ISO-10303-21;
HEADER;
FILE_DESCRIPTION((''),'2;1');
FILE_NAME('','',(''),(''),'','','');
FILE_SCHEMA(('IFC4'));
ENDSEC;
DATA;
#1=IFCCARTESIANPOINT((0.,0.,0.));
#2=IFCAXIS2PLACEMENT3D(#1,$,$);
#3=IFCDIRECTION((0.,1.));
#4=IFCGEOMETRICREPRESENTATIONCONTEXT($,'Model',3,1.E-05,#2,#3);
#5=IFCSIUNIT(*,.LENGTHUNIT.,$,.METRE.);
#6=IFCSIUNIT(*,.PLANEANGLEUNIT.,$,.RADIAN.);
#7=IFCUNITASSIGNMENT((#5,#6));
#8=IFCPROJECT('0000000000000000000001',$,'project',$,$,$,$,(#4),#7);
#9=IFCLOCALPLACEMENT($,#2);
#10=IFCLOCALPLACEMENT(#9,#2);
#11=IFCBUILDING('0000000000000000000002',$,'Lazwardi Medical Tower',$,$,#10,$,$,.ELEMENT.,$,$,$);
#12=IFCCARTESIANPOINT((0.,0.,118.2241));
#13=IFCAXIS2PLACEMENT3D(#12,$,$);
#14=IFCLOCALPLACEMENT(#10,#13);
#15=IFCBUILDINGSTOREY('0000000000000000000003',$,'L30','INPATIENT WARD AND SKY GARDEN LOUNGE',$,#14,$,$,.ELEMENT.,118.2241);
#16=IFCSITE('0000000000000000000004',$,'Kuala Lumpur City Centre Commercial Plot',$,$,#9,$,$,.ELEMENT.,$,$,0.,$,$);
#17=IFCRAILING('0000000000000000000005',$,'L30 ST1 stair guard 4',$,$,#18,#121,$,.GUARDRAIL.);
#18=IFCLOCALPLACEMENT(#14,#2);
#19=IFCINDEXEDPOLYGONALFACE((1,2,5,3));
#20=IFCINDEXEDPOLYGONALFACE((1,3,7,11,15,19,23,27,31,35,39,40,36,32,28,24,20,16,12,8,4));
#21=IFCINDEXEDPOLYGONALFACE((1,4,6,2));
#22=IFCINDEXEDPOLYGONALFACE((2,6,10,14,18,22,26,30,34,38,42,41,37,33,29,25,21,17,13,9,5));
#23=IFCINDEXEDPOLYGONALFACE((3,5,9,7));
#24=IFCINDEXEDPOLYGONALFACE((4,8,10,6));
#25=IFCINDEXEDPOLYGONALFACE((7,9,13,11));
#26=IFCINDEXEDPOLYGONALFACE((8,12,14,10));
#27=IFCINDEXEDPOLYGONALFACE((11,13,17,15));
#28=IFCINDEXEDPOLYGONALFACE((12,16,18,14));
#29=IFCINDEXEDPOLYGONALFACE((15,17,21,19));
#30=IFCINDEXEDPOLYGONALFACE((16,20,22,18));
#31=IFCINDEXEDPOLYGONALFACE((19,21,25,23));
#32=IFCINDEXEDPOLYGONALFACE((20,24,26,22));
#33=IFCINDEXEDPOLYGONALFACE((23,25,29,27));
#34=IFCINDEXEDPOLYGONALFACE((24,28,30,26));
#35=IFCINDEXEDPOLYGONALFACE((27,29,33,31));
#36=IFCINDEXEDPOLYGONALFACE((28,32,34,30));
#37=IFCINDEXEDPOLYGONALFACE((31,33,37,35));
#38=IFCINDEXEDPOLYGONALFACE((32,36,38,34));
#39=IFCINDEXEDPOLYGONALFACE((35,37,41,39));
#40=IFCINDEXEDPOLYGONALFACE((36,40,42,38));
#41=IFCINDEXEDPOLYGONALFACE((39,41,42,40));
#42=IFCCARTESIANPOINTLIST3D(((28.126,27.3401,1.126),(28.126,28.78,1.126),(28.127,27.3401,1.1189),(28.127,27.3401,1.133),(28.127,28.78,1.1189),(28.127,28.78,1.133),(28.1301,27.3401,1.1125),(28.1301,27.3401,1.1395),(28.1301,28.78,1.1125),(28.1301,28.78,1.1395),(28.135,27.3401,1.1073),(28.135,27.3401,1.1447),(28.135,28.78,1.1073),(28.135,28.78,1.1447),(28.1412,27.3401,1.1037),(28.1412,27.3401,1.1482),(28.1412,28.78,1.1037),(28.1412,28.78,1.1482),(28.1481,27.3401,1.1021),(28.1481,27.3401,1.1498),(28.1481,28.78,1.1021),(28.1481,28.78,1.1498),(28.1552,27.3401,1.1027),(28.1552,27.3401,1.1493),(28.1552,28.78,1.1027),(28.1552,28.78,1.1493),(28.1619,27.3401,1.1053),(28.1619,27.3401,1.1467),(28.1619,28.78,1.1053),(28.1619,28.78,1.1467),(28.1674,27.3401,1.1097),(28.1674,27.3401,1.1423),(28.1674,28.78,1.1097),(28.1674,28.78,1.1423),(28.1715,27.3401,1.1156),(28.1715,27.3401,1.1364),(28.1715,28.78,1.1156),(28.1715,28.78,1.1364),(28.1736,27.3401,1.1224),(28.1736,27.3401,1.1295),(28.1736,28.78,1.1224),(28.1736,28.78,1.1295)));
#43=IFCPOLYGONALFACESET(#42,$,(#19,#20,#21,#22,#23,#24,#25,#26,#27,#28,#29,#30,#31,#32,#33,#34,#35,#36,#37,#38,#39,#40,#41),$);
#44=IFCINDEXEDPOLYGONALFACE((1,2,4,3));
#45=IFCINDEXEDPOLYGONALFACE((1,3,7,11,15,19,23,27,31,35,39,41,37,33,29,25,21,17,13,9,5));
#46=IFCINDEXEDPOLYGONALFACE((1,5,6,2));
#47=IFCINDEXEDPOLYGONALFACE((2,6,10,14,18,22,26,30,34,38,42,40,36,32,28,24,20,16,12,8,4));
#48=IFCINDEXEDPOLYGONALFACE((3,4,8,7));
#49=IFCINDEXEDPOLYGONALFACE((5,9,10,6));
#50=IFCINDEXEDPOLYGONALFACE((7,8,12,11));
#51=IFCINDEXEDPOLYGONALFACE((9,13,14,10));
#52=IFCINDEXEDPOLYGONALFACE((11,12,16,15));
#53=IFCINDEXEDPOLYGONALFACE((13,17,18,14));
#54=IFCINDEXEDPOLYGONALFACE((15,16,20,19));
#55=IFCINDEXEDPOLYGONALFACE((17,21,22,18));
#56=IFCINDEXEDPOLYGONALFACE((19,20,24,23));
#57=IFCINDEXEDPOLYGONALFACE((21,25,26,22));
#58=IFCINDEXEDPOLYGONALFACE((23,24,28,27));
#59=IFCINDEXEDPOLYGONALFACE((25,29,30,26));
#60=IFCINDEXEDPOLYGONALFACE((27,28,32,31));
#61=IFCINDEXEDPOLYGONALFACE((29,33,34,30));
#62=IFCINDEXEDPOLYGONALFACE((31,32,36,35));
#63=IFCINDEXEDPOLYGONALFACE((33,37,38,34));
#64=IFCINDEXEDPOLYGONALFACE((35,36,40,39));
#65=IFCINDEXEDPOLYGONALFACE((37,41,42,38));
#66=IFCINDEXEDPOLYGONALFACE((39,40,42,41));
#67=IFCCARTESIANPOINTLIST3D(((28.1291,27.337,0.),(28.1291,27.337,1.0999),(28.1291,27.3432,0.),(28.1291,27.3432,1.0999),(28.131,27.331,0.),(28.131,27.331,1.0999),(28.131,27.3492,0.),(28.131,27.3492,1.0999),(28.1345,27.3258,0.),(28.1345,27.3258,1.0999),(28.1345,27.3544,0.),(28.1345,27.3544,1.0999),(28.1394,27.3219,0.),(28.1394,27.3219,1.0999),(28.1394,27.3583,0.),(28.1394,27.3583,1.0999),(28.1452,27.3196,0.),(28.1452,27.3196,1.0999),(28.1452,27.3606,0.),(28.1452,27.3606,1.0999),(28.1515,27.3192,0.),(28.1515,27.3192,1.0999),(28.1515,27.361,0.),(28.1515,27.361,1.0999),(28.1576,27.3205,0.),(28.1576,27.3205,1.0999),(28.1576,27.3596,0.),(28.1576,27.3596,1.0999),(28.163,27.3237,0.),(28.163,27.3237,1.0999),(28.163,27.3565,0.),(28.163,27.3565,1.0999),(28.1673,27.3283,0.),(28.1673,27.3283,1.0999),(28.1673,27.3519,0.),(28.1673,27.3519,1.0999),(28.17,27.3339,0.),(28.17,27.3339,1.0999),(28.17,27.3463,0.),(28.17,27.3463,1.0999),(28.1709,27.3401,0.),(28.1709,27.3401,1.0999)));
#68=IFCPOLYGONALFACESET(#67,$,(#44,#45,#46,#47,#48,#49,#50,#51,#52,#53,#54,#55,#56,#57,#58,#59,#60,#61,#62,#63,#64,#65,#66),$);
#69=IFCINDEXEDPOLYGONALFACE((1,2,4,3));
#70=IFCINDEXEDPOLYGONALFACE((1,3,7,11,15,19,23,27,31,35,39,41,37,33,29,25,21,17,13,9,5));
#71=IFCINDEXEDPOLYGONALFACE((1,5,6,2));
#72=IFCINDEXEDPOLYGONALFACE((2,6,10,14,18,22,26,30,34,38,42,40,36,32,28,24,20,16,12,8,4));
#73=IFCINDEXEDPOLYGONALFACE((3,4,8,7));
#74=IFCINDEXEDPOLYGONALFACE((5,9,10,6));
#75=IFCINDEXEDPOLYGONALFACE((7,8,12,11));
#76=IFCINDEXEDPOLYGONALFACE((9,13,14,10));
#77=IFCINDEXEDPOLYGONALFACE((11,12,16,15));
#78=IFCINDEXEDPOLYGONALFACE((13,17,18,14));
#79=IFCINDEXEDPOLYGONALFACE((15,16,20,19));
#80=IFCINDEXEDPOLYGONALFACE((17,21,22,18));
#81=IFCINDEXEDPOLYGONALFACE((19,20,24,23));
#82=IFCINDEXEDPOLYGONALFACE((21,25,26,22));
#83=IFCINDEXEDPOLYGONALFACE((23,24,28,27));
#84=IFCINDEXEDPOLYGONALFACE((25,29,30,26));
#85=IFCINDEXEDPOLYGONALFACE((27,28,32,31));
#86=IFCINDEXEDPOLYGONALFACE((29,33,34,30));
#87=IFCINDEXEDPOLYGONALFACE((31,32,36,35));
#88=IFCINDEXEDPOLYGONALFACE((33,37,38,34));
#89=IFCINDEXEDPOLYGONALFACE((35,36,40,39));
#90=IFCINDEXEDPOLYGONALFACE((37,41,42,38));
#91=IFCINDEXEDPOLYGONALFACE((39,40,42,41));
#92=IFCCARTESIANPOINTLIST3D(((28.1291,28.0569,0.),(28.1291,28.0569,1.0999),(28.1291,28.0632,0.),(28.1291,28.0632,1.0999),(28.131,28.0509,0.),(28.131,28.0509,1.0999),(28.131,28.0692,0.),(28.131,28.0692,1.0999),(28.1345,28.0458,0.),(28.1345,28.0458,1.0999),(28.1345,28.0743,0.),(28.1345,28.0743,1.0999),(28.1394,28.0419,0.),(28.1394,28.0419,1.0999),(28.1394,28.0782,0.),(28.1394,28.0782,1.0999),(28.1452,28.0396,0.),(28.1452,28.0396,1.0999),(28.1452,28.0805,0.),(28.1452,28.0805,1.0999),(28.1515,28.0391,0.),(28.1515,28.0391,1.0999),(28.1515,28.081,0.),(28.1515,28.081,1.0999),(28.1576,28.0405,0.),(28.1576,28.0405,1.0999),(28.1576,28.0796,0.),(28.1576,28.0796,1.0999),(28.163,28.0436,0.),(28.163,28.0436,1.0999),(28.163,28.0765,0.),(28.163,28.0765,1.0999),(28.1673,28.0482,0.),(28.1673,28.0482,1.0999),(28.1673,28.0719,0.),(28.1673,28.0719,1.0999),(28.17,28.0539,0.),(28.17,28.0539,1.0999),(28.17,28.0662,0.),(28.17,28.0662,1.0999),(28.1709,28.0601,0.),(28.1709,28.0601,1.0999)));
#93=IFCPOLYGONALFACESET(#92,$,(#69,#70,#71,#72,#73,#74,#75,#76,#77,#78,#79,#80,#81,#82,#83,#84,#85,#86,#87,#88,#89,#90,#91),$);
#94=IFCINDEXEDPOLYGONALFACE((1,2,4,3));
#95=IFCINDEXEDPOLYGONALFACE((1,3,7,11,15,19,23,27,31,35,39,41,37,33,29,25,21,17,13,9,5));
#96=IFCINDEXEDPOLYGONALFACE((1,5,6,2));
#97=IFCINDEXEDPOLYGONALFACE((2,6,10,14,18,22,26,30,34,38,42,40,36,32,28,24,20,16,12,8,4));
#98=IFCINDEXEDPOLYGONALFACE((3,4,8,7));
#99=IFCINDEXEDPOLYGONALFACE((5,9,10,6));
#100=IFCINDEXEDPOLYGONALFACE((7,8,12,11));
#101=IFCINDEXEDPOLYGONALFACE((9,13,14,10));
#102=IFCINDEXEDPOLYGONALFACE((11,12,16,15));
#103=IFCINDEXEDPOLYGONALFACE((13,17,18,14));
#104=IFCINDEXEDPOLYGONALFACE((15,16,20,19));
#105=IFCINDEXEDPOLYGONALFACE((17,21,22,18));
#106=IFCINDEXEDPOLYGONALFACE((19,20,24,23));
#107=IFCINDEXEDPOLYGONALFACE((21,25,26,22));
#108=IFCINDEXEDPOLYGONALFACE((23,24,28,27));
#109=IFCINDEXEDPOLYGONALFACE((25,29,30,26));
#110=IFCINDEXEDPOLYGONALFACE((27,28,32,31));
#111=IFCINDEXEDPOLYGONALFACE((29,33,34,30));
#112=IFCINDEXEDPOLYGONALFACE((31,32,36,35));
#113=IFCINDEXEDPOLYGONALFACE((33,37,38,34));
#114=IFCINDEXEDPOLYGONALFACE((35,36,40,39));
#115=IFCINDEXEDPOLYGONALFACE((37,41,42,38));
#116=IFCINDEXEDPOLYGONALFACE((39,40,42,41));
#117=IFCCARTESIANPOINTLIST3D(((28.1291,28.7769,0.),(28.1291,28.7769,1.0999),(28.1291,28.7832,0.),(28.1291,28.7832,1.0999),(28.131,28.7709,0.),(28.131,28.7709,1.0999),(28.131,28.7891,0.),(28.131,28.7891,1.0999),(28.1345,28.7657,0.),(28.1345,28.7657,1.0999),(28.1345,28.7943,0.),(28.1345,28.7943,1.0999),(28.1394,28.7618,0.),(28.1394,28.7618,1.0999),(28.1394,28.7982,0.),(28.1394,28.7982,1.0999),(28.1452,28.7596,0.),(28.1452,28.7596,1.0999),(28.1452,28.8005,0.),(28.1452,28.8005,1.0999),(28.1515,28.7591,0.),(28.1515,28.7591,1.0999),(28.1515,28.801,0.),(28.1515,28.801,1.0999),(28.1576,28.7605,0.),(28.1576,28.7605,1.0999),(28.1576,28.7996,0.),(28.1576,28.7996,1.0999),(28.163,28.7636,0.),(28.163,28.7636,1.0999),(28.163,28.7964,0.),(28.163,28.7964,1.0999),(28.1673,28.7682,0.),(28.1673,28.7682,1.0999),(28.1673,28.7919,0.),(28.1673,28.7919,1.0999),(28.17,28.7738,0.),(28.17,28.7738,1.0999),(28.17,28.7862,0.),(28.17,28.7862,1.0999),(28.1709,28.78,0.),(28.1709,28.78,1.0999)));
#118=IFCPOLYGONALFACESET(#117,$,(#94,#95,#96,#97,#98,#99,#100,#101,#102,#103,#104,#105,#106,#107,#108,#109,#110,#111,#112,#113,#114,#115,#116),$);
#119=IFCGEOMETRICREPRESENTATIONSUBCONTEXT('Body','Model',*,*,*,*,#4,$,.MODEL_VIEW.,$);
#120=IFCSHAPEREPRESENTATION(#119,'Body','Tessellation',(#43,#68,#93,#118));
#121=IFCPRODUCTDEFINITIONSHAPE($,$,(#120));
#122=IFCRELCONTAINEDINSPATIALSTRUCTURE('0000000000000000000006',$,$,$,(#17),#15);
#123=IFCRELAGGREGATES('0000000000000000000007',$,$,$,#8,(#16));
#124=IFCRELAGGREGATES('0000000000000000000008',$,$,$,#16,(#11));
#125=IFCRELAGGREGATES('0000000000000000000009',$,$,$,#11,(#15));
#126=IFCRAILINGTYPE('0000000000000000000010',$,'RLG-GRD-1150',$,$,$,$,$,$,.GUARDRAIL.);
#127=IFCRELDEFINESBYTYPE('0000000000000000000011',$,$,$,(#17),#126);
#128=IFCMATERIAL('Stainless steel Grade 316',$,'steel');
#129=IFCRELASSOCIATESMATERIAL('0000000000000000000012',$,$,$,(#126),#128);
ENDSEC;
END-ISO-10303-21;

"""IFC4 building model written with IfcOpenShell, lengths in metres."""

from ifc_helpers import new_model, si_unit, direction, frame, origin, origin_2d, place, context, subcontext, project, spatial, circle, extrude, material, type_object, element, save


model = new_model("IFC4")

# Units and contexts
model_context = context("Model", 3, precision=1e-05, world=origin(), true_north=direction((0.0, 1.0)))
body_context = subcontext(model_context, "Body", "Model", "MODEL_VIEW")
ifc_project = project(units=[si_unit("LENGTHUNIT", "METRE"), si_unit("PLANEANGLEUNIT", "RADIAN")], contexts=[model_context])

# Site, building, storey
site_placement = place(None, origin())
site = spatial("IfcSite", under=ifc_project, at=site_placement, Name="Kuala Lumpur City Centre Commercial Plot", CompositionType="ELEMENT", RefElevation=0.0)
building_placement = place(site_placement, origin())
building = spatial("IfcBuilding", under=site, at=building_placement, Name="Lazwardi Medical Tower", CompositionType="ELEMENT")
storey_placement = place(building_placement, frame((0.0, 0.0, 118.2241)))
storey = spatial("IfcBuildingStorey", under=building, at=storey_placement, Name="L30", Description="INPATIENT WARD AND SKY GARDEN LOUNGE", CompositionType="ELEMENT", Elevation=118.2241)

# Railing
ifc_material_1 = material(Name="Stainless steel Grade 316", Category="steel")
railing_type_1 = type_object("IfcRailingType", Name="RLG-GRD-1150", PredefinedType="GUARDRAIL", material=ifc_material_1)
railing_1_placement = place(storey_placement, frame((28.1499, 27.3401, 0.0)))
element("IfcRailing", 1, at=railing_1_placement, inside=storey, type_object=railing_type_1, Name="L30 ST1 stair guard 4", PredefinedType="GUARDRAIL", context=body_context, shape_type="SweptSolid", body=[
    extrude(circle(Radius=0.0239, at=origin_2d()), frame((0.0, 0.0, 1.126), z_axis=(0.0, 1.0, 0.0), x_axis=(-1.0, 0.0, 0.0)), (0.0, 0.0, 1.0), 1.4399),
    extrude(circle(Radius=0.021, at=origin_2d()), origin(), (0.0, 0.0, 1.0), 1.0999),
    extrude(circle(Radius=0.021, at=origin_2d()), frame((0.0, 0.72, 0.0)), (0.0, 0.0, 1.0), 1.0999),
    extrude(circle(Radius=0.021, at=origin_2d()), frame((0.0, 1.4399, 0.0)), (0.0, 0.0, 1.0), 1.0999),
])

save(model, "model.ifc")
